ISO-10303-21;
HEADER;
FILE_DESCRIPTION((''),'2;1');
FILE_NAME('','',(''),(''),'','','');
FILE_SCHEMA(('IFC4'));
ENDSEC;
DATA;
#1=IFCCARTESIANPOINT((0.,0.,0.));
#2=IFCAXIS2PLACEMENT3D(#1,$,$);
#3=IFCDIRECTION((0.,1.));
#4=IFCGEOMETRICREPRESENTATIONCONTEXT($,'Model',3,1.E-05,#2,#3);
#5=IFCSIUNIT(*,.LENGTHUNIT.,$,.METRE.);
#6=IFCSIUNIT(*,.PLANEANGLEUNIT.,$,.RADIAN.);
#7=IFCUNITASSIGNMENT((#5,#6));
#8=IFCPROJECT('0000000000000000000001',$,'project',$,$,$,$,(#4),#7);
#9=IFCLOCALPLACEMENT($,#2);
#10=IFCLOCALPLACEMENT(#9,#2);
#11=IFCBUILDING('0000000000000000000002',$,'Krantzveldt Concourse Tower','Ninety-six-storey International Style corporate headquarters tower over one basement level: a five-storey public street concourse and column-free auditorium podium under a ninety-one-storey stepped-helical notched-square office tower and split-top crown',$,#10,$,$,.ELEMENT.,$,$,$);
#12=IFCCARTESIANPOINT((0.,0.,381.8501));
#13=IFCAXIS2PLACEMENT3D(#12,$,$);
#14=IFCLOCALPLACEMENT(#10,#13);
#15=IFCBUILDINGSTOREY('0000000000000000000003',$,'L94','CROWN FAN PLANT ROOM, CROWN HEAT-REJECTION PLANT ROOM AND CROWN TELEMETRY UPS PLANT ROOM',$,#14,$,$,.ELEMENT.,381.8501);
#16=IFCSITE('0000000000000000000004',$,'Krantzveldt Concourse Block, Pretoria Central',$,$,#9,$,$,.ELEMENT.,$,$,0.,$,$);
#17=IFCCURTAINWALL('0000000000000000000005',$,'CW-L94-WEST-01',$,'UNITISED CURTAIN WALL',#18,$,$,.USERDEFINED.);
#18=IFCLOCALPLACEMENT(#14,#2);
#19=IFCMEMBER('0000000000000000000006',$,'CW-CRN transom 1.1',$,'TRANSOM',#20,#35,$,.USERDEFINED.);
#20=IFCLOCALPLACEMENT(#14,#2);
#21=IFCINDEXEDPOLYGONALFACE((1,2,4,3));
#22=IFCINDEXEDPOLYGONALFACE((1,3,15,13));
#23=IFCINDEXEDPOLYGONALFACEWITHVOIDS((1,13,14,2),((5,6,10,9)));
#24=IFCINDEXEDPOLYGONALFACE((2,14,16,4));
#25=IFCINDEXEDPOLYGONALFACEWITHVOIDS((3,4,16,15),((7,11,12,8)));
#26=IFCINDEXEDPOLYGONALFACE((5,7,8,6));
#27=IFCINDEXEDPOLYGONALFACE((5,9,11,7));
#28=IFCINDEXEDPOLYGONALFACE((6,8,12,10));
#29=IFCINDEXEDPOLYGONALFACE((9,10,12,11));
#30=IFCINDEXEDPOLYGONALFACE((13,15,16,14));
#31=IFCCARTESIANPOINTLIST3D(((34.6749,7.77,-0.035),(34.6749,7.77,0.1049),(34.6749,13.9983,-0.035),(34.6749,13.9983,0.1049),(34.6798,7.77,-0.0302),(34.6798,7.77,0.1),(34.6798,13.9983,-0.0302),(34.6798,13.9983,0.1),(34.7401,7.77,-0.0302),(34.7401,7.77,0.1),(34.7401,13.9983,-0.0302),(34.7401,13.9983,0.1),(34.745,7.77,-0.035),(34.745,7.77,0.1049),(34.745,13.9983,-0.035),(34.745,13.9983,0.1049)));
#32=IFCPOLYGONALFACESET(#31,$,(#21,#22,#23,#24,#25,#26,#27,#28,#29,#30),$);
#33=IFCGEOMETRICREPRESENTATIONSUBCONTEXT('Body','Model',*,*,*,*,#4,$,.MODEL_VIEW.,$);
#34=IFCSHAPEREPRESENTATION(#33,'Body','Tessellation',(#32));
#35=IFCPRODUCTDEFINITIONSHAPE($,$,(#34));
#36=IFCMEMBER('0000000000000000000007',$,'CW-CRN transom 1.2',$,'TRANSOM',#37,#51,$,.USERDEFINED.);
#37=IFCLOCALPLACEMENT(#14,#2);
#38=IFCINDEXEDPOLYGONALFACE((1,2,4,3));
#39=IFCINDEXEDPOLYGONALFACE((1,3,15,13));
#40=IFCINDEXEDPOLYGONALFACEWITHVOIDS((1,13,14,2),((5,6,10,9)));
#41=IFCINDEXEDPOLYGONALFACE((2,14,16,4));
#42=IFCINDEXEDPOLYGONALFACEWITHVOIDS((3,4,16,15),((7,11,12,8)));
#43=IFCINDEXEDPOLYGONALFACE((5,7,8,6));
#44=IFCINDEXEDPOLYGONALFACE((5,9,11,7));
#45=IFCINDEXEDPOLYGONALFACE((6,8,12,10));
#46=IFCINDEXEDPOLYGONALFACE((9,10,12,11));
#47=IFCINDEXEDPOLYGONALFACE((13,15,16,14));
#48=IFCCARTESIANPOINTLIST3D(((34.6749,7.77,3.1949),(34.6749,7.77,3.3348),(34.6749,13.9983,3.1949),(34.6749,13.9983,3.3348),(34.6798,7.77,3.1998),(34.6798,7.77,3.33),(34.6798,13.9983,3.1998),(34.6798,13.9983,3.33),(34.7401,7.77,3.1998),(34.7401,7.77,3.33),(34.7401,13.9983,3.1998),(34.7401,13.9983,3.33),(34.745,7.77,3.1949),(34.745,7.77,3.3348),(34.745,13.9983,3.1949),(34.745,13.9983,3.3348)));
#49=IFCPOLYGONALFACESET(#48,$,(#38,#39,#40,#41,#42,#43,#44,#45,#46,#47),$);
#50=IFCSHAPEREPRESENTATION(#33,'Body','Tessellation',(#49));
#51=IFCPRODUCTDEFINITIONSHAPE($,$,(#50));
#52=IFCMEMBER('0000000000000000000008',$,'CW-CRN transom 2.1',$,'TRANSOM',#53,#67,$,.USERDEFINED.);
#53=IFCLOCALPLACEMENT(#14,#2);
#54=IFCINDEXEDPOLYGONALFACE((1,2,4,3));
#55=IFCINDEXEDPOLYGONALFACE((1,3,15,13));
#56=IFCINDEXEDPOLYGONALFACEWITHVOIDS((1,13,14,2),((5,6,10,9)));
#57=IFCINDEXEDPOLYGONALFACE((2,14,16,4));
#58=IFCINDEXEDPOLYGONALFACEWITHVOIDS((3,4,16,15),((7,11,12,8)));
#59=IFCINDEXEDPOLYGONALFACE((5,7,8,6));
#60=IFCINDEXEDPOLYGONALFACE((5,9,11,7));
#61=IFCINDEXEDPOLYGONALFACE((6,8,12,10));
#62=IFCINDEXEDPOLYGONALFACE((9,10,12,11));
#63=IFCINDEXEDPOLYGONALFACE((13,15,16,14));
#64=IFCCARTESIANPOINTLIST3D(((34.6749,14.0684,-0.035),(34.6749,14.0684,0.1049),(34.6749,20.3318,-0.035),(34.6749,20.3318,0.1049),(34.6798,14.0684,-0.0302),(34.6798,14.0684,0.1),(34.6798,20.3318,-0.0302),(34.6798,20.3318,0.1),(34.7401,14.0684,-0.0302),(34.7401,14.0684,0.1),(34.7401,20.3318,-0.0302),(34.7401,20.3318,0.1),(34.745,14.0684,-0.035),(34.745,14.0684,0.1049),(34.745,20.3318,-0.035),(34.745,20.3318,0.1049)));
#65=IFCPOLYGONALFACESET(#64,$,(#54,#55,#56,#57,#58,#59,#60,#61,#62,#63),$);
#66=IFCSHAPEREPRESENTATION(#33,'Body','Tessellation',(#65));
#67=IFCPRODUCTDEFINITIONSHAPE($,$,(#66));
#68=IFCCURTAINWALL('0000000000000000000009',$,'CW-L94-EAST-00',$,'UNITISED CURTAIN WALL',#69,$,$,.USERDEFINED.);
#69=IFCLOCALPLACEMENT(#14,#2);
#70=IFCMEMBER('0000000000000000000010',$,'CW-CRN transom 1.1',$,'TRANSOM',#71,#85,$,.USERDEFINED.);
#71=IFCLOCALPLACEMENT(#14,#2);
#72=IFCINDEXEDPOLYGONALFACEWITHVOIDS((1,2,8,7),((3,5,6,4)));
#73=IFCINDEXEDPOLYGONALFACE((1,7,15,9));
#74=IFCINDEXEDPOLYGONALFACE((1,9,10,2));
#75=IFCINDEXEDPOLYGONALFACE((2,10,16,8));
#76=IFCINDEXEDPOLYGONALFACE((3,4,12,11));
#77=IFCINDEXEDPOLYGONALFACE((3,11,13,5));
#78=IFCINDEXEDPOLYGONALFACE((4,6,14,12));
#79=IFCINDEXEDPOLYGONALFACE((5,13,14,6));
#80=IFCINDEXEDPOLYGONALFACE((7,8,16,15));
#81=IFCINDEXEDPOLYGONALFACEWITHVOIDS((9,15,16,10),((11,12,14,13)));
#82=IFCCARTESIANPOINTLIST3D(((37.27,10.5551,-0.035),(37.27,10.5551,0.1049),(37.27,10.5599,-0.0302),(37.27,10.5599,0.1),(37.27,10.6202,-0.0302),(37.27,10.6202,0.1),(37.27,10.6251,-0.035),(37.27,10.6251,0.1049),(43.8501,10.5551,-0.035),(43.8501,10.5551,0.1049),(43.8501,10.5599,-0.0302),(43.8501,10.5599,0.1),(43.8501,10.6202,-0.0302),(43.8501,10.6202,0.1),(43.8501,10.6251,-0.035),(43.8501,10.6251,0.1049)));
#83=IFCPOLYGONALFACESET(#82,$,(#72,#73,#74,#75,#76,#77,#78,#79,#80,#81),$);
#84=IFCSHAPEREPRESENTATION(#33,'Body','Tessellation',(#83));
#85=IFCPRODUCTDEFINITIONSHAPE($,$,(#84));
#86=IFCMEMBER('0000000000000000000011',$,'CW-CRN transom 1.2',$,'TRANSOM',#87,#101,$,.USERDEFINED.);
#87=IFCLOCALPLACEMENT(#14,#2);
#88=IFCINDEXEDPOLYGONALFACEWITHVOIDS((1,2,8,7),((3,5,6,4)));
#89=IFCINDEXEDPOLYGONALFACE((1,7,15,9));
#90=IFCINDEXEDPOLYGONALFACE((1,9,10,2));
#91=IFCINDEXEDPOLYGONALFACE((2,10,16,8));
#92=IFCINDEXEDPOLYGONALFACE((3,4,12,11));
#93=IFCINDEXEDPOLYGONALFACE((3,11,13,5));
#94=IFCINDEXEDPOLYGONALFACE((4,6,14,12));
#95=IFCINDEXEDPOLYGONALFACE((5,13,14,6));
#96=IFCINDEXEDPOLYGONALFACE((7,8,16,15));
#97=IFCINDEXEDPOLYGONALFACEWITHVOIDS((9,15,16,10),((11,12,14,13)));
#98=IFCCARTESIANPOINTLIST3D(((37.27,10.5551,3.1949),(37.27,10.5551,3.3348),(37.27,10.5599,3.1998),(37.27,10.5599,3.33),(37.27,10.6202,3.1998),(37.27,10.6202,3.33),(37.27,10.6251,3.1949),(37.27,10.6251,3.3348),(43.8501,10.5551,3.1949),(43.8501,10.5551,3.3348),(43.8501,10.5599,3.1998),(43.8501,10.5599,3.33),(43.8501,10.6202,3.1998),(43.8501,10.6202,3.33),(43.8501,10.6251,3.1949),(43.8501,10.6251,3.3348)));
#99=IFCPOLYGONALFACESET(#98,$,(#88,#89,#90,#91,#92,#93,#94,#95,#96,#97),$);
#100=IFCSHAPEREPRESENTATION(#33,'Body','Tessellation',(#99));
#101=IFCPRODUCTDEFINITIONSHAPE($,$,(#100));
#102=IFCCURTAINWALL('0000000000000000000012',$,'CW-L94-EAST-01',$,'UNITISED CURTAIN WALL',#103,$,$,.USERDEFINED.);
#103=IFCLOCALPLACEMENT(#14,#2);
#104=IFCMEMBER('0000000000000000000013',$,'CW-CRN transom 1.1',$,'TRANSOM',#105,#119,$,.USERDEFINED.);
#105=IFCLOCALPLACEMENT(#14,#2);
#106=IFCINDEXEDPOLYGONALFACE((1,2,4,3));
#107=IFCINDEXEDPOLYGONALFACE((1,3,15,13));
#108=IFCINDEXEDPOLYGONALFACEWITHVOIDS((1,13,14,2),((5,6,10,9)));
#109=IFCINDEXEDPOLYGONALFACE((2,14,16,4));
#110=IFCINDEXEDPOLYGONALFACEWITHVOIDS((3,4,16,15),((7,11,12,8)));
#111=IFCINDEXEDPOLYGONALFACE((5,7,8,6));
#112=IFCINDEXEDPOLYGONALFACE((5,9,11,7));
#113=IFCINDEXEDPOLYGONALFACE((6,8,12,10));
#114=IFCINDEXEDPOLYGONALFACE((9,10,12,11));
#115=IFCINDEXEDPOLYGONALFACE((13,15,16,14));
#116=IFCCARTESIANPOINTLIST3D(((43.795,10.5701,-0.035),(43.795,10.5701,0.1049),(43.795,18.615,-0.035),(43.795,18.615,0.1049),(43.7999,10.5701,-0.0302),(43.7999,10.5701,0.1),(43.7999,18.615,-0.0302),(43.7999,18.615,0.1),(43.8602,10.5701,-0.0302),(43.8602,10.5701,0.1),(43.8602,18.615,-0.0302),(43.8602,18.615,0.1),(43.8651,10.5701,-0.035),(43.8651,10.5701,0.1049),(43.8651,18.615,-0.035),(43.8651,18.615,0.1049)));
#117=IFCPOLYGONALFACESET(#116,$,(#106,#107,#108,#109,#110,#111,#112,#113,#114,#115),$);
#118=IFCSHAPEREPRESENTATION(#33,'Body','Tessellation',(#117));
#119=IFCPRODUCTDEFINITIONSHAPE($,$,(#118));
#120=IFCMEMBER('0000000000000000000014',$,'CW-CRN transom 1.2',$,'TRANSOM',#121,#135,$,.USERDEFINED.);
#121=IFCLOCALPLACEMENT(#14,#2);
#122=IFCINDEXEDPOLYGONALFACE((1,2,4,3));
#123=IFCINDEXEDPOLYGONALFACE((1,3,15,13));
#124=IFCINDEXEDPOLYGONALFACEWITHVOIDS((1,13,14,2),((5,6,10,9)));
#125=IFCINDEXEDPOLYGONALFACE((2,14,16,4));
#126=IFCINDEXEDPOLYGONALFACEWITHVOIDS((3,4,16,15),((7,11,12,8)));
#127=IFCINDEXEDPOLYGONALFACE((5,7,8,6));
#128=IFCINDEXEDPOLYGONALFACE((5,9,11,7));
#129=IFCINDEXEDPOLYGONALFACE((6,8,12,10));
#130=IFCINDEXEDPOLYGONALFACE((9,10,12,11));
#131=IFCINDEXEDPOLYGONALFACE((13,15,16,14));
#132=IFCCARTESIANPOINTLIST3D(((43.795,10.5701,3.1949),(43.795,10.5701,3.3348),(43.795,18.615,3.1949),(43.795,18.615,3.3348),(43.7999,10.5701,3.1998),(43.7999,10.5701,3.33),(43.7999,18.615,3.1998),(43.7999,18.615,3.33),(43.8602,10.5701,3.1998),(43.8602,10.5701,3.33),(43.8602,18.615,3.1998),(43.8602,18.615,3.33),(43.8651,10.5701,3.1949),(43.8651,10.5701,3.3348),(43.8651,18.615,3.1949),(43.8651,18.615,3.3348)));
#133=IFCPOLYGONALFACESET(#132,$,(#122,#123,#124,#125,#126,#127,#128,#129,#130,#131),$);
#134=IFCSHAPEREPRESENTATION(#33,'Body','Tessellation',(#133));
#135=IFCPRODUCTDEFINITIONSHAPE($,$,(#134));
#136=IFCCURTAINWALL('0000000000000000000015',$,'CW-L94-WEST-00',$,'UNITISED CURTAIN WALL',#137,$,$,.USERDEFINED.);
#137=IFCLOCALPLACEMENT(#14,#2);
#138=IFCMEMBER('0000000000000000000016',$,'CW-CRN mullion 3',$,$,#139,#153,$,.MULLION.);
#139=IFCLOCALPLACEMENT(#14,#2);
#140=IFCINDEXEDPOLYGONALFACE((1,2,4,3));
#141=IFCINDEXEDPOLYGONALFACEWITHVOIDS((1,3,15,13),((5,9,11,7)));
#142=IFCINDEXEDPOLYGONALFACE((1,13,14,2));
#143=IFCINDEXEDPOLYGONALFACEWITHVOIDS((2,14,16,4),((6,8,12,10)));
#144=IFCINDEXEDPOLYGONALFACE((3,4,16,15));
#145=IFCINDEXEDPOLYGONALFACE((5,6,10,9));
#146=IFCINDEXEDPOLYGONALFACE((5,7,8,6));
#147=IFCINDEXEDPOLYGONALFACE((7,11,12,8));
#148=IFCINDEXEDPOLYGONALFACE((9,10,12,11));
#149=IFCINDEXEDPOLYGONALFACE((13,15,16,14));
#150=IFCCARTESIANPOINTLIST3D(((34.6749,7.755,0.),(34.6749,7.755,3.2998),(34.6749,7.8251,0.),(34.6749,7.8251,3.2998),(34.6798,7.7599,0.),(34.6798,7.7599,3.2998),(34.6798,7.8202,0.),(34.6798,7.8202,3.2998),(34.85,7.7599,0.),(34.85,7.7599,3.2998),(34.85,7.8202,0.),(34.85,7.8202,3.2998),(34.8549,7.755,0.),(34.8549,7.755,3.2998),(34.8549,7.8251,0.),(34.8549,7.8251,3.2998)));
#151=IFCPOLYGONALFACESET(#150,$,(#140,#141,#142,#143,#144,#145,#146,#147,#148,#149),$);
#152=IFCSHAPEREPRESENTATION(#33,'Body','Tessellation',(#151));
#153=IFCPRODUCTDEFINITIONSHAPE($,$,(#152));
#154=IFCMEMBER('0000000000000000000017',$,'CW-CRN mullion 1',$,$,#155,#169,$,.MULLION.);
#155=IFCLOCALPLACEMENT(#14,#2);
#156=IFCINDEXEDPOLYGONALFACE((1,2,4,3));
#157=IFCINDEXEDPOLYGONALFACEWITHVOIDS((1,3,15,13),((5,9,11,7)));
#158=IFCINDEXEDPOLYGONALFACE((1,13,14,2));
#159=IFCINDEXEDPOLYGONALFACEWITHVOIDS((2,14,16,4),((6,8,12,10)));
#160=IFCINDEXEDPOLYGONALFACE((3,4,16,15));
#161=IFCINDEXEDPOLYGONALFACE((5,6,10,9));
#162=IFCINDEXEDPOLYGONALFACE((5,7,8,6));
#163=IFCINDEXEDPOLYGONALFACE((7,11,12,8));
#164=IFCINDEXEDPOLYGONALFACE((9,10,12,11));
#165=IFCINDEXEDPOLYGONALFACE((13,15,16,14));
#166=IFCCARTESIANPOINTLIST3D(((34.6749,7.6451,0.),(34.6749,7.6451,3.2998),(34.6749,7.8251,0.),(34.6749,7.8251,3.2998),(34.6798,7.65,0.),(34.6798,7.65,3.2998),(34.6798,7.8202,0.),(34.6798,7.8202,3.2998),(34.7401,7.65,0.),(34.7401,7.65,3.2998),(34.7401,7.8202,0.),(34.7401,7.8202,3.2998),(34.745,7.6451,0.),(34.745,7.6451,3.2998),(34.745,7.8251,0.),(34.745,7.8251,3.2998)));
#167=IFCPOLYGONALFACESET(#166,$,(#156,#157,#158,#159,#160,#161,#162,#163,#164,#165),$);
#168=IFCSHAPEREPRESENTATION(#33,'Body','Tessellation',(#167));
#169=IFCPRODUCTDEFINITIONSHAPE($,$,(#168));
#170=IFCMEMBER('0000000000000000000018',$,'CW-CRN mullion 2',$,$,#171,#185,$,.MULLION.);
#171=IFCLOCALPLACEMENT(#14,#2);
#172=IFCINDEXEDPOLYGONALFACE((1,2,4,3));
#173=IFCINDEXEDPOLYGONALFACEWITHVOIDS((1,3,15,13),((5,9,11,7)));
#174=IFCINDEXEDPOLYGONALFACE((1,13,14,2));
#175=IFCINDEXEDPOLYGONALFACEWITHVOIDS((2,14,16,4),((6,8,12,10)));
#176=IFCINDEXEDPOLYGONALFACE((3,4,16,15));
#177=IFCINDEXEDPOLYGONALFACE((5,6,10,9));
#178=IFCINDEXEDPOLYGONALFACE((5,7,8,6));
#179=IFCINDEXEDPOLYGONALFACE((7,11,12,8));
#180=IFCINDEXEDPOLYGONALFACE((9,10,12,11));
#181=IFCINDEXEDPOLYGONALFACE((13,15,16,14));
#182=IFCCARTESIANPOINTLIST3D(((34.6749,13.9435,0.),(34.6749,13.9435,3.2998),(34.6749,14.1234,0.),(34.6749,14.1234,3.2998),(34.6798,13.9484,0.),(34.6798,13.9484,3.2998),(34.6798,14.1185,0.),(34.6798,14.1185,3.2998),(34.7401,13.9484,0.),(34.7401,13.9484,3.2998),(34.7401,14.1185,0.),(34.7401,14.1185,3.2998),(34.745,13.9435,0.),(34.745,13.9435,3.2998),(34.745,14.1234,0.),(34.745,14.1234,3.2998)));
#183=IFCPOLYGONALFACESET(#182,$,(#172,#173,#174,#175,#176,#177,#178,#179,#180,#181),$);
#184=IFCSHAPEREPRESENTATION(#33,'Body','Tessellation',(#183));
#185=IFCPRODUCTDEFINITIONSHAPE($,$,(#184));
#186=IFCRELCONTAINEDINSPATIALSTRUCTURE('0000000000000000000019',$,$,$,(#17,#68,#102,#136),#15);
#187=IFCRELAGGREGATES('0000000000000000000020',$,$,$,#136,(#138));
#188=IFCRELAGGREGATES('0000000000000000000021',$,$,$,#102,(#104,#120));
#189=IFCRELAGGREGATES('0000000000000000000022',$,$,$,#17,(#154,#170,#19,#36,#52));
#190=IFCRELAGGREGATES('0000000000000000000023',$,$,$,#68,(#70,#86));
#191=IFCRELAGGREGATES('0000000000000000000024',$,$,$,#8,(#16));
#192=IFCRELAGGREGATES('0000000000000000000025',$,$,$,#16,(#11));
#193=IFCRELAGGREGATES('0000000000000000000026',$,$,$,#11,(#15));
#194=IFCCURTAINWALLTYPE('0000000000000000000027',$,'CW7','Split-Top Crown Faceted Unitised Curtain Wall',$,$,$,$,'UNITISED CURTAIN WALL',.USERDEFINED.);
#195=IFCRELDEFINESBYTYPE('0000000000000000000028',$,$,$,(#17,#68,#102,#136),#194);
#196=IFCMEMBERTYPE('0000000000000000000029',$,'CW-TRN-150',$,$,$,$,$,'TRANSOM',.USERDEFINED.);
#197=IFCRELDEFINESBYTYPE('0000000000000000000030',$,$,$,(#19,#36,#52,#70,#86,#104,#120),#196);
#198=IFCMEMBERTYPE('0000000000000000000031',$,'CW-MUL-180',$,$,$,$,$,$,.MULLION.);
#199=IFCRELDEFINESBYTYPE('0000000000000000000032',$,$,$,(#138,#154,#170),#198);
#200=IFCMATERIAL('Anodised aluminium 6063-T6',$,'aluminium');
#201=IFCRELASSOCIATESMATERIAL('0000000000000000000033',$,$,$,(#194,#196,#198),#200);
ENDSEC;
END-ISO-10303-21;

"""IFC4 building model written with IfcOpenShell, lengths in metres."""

from ifc_helpers import new_model, si_unit, direction, frame, origin, origin_2d, place, context, subcontext, project, spatial, hollow_rectangle, extrude, source, transform, mapped, material, material_profile, profile_set, type_object, type_shapes, element, aggregate, save


model = new_model("IFC4")

# Units and contexts
model_context = context("Model", 3, precision=1e-05, world=origin(), true_north=direction((0.0, 1.0)))
body_context = subcontext(model_context, "Body", "Model", "MODEL_VIEW")
ifc_project = project(units=[si_unit("LENGTHUNIT", "METRE"), si_unit("PLANEANGLEUNIT", "RADIAN")], contexts=[model_context])

# Site, building, storey
site_placement = place(None, origin())
site = spatial("IfcSite", under=ifc_project, at=site_placement, Name="Krantzveldt Concourse Block, Pretoria Central", CompositionType="ELEMENT", RefElevation=0.0)
building_placement = place(site_placement, origin())
building = spatial("IfcBuilding", under=site, at=building_placement, Name="Krantzveldt Concourse Tower", Description="Ninety-six-storey International Style corporate headquarters tower over one basement level: a five-storey public street concourse and column-free auditorium podium under a ninety-one-storey stepped-helical notched-square office tower and split-top crown", CompositionType="ELEMENT")
storey_placement = place(building_placement, frame((0.0, 0.0, 381.8501)))
storey = spatial("IfcBuildingStorey", under=building, at=storey_placement, Name="L94", Description="CROWN FAN PLANT ROOM, CROWN HEAT-REJECTION PLANT ROOM AND CROWN TELEMETRY UPS PLANT ROOM", CompositionType="ELEMENT", Elevation=381.8501)

# Curtain walls, members
ifc_material_1 = material(Name="Anodised aluminium 6063-T6", Category="aluminium")
curtain_wall_type = type_object("IfcCurtainWallType", Name="CW7", Description="Split-Top Crown Faceted Unitised Curtain Wall", ElementType="UNITISED CURTAIN WALL", PredefinedType="USERDEFINED", material=ifc_material_1)
curtain_wall_1_placement = place(storey_placement, origin())
curtain_wall_1 = element("IfcCurtainWall", 1, at=curtain_wall_1_placement, inside=storey, type_object=curtain_wall_type, Name="CW-L94-WEST-01", ObjectType="UNITISED CURTAIN WALL", PredefinedType="USERDEFINED")
ifc_material_profile_1 = material_profile(ifc_material_1, hollow_rectangle(XDim=0.0701, YDim=0.1399, WallThickness=0.0049, at=origin_2d()), Name="Anodised aluminium 6063-T6", Category="aluminium")
ifc_profile_set_1 = profile_set([ifc_material_profile_1], Name="Anodised aluminium 6063-T6 - ALU-TRAN 140x70x5")
member_type_1 = type_object("IfcMemberType", Name="CW-TRN-150", ElementType="TRANSOM", PredefinedType="USERDEFINED", material=ifc_profile_set_1)
shared_shape_1 = source(origin(), body_context, "Body", "SweptSolid", [
    extrude(hollow_rectangle(XDim=0.0701, YDim=0.1399, WallThickness=0.0049, at=origin_2d()), origin(), (0.0, 0.0, 1.0), 6.2283),
])
member_1_placement = place(storey_placement, frame((34.71, 7.77, 0.0349), z_axis=(0.0, 1.0, 0.0), x_axis=(-1.0, 0.0, 0.0)))
member_1 = element("IfcMember", 2, at=member_1_placement, type_object=member_type_1, Name="CW-CRN transom 1.1", ObjectType="TRANSOM", PredefinedType="USERDEFINED", context=body_context, shape_type="MappedRepresentation", body=[
    mapped(shared_shape_1, transform((0.0, 0.0, 0.0), x_axis=(1.0, 0.0, 0.0), y_axis=(0.0, 1.0, 0.0), z_axis=(0.0, 0.0, 1.0), scale=1.0)),
])
member_2_placement = place(storey_placement, frame((34.71, 7.77, 3.2649), z_axis=(0.0, 1.0, 0.0), x_axis=(-1.0, 0.0, 0.0)))
member_2 = element("IfcMember", 3, at=member_2_placement, type_object=member_type_1, Name="CW-CRN transom 1.2", ObjectType="TRANSOM", PredefinedType="USERDEFINED", context=body_context, shape_type="MappedRepresentation", body=[
    mapped(shared_shape_1, transform((0.0, 0.0, 0.0), x_axis=(1.0, 0.0, 0.0), y_axis=(0.0, 1.0, 0.0), z_axis=(0.0, 0.0, 1.0), scale=1.0)),
])
shared_shape_2 = source(origin(), body_context, "Body", "SweptSolid", [
    extrude(hollow_rectangle(XDim=0.0701, YDim=0.1399, WallThickness=0.0049, at=origin_2d()), origin(), (0.0, 0.0, 1.0), 6.2634),
])
member_3_placement = place(storey_placement, frame((34.71, 14.0684, 0.0349), z_axis=(0.0, 1.0, 0.0), x_axis=(-1.0, 0.0, 0.0)))
member_3 = element("IfcMember", 4, at=member_3_placement, type_object=member_type_1, Name="CW-CRN transom 2.1", ObjectType="TRANSOM", PredefinedType="USERDEFINED", context=body_context, shape_type="MappedRepresentation", body=[
    mapped(shared_shape_2, transform((0.0, 0.0, 0.0), x_axis=(1.0, 0.0, 0.0), y_axis=(0.0, 1.0, 0.0), z_axis=(0.0, 0.0, 1.0), scale=1.0)),
])
curtain_wall_2_placement = place(storey_placement, origin())
curtain_wall_2 = element("IfcCurtainWall", 5, at=curtain_wall_2_placement, inside=storey, type_object=curtain_wall_type, Name="CW-L94-EAST-00", ObjectType="UNITISED CURTAIN WALL", PredefinedType="USERDEFINED")
shared_shape_3 = source(origin(), body_context, "Body", "SweptSolid", [
    extrude(hollow_rectangle(XDim=0.0701, YDim=0.1399, WallThickness=0.0049, at=origin_2d()), origin(), (0.0, 0.0, 1.0), 6.5801),
])
member_4_placement = place(storey_placement, frame((37.27, 10.5901, 0.0349), z_axis=(1.0, 0.0, 0.0), x_axis=(0.0, 1.0, 0.0)))
member_4 = element("IfcMember", 6, at=member_4_placement, type_object=member_type_1, Name="CW-CRN transom 1.1", ObjectType="TRANSOM", PredefinedType="USERDEFINED", context=body_context, shape_type="MappedRepresentation", body=[
    mapped(shared_shape_3, transform((0.0, 0.0, 0.0), x_axis=(1.0, 0.0, 0.0), y_axis=(0.0, 1.0, 0.0), z_axis=(0.0, 0.0, 1.0), scale=1.0)),
])
member_5_placement = place(storey_placement, frame((37.27, 10.5901, 3.2649), z_axis=(1.0, 0.0, 0.0), x_axis=(0.0, 1.0, 0.0)))
member_5 = element("IfcMember", 7, at=member_5_placement, type_object=member_type_1, Name="CW-CRN transom 1.2", ObjectType="TRANSOM", PredefinedType="USERDEFINED", context=body_context, shape_type="MappedRepresentation", body=[
    mapped(shared_shape_3, transform((0.0, 0.0, 0.0), x_axis=(1.0, 0.0, 0.0), y_axis=(0.0, 1.0, 0.0), z_axis=(0.0, 0.0, 1.0), scale=1.0)),
])
curtain_wall_3_placement = place(storey_placement, origin())
curtain_wall_3 = element("IfcCurtainWall", 8, at=curtain_wall_3_placement, inside=storey, type_object=curtain_wall_type, Name="CW-L94-EAST-01", ObjectType="UNITISED CURTAIN WALL", PredefinedType="USERDEFINED")
shared_shape_4 = source(origin(), body_context, "Body", "SweptSolid", [
    extrude(hollow_rectangle(XDim=0.0701, YDim=0.1399, WallThickness=0.0049, at=origin_2d()), origin(), (0.0, 0.0, 1.0), 8.0449),
])
type_shapes(member_type_1, [shared_shape_1, shared_shape_2, shared_shape_3, shared_shape_4])
member_6_placement = place(storey_placement, frame((43.8301, 10.5701, 0.0349), z_axis=(0.0, 1.0, 0.0), x_axis=(-1.0, 0.0, 0.0)))
member_6 = element("IfcMember", 9, at=member_6_placement, type_object=member_type_1, Name="CW-CRN transom 1.1", ObjectType="TRANSOM", PredefinedType="USERDEFINED", context=body_context, shape_type="MappedRepresentation", body=[
    mapped(shared_shape_4, transform((0.0, 0.0, 0.0), x_axis=(1.0, 0.0, 0.0), y_axis=(0.0, 1.0, 0.0), z_axis=(0.0, 0.0, 1.0), scale=1.0)),
])
member_7_placement = place(storey_placement, frame((43.8301, 10.5701, 3.2649), z_axis=(0.0, 1.0, 0.0), x_axis=(-1.0, 0.0, 0.0)))
member_7 = element("IfcMember", 10, at=member_7_placement, type_object=member_type_1, Name="CW-CRN transom 1.2", ObjectType="TRANSOM", PredefinedType="USERDEFINED", context=body_context, shape_type="MappedRepresentation", body=[
    mapped(shared_shape_4, transform((0.0, 0.0, 0.0), x_axis=(1.0, 0.0, 0.0), y_axis=(0.0, 1.0, 0.0), z_axis=(0.0, 0.0, 1.0), scale=1.0)),
])

# Curtain wall, member
curtain_wall_4_placement = place(storey_placement, origin())
curtain_wall_4 = element("IfcCurtainWall", 11, at=curtain_wall_4_placement, inside=storey, type_object=curtain_wall_type, Name="CW-L94-WEST-00", ObjectType="UNITISED CURTAIN WALL", PredefinedType="USERDEFINED")
ifc_material_profile_2 = material_profile(ifc_material_1, hollow_rectangle(XDim=0.0701, YDim=0.1799, WallThickness=0.0049, at=origin_2d()), Name="Anodised aluminium 6063-T6", Category="aluminium")
ifc_profile_set_2 = profile_set([ifc_material_profile_2], Name="Anodised aluminium 6063-T6 - ALU-MULL 180x70x5")
member_type_2 = type_object("IfcMemberType", Name="CW-MUL-180", PredefinedType="MULLION", material=ifc_profile_set_2)
shared_shape_5 = source(origin(), body_context, "Body", "SweptSolid", [
    extrude(hollow_rectangle(XDim=0.0701, YDim=0.1799, WallThickness=0.0049, at=origin_2d()), origin(), (0.0, 0.0, 1.0), 3.2998),
])
type_shapes(member_type_2, [shared_shape_5])
member_8_placement = place(storey_placement, frame((34.7649, 7.79, 0.0), z_axis=(0.0, 0.0, 1.0), x_axis=(0.0, 1.0, 0.0)))
member_8 = element("IfcMember", 12, at=member_8_placement, type_object=member_type_2, Name="CW-CRN mullion 3", PredefinedType="MULLION", context=body_context, shape_type="MappedRepresentation", body=[
    mapped(shared_shape_5, transform((0.0, 0.0, 0.0), x_axis=(1.0, 0.0, 0.0), y_axis=(0.0, 1.0, 0.0), z_axis=(0.0, 0.0, 1.0), scale=1.0)),
])
aggregate(curtain_wall_4, [member_8])

# Members
member_9_placement = place(storey_placement, frame((34.71, 7.7351, 0.0), z_axis=(0.0, 0.0, 1.0), x_axis=(-1.0, 0.0, 0.0)))
member_9 = element("IfcMember", 13, at=member_9_placement, type_object=member_type_2, Name="CW-CRN mullion 1", PredefinedType="MULLION", context=body_context, shape_type="MappedRepresentation", body=[
    mapped(shared_shape_5, transform((0.0, 0.0, 0.0), x_axis=(1.0, 0.0, 0.0), y_axis=(0.0, 1.0, 0.0), z_axis=(0.0, 0.0, 1.0), scale=1.0)),
])
member_10_placement = place(storey_placement, frame((34.71, 14.0334, 0.0), z_axis=(0.0, 0.0, 1.0), x_axis=(-1.0, 0.0, 0.0)))
member_10 = element("IfcMember", 14, at=member_10_placement, type_object=member_type_2, Name="CW-CRN mullion 2", PredefinedType="MULLION", context=body_context, shape_type="MappedRepresentation", body=[
    mapped(shared_shape_5, transform((0.0, 0.0, 0.0), x_axis=(1.0, 0.0, 0.0), y_axis=(0.0, 1.0, 0.0), z_axis=(0.0, 0.0, 1.0), scale=1.0)),
])
aggregate(curtain_wall_3, [member_6, member_7])

aggregate(curtain_wall_1, [member_9, member_10, member_1, member_2, member_3])
aggregate(curtain_wall_2, [member_4, member_5])

save(model, "model.ifc")
